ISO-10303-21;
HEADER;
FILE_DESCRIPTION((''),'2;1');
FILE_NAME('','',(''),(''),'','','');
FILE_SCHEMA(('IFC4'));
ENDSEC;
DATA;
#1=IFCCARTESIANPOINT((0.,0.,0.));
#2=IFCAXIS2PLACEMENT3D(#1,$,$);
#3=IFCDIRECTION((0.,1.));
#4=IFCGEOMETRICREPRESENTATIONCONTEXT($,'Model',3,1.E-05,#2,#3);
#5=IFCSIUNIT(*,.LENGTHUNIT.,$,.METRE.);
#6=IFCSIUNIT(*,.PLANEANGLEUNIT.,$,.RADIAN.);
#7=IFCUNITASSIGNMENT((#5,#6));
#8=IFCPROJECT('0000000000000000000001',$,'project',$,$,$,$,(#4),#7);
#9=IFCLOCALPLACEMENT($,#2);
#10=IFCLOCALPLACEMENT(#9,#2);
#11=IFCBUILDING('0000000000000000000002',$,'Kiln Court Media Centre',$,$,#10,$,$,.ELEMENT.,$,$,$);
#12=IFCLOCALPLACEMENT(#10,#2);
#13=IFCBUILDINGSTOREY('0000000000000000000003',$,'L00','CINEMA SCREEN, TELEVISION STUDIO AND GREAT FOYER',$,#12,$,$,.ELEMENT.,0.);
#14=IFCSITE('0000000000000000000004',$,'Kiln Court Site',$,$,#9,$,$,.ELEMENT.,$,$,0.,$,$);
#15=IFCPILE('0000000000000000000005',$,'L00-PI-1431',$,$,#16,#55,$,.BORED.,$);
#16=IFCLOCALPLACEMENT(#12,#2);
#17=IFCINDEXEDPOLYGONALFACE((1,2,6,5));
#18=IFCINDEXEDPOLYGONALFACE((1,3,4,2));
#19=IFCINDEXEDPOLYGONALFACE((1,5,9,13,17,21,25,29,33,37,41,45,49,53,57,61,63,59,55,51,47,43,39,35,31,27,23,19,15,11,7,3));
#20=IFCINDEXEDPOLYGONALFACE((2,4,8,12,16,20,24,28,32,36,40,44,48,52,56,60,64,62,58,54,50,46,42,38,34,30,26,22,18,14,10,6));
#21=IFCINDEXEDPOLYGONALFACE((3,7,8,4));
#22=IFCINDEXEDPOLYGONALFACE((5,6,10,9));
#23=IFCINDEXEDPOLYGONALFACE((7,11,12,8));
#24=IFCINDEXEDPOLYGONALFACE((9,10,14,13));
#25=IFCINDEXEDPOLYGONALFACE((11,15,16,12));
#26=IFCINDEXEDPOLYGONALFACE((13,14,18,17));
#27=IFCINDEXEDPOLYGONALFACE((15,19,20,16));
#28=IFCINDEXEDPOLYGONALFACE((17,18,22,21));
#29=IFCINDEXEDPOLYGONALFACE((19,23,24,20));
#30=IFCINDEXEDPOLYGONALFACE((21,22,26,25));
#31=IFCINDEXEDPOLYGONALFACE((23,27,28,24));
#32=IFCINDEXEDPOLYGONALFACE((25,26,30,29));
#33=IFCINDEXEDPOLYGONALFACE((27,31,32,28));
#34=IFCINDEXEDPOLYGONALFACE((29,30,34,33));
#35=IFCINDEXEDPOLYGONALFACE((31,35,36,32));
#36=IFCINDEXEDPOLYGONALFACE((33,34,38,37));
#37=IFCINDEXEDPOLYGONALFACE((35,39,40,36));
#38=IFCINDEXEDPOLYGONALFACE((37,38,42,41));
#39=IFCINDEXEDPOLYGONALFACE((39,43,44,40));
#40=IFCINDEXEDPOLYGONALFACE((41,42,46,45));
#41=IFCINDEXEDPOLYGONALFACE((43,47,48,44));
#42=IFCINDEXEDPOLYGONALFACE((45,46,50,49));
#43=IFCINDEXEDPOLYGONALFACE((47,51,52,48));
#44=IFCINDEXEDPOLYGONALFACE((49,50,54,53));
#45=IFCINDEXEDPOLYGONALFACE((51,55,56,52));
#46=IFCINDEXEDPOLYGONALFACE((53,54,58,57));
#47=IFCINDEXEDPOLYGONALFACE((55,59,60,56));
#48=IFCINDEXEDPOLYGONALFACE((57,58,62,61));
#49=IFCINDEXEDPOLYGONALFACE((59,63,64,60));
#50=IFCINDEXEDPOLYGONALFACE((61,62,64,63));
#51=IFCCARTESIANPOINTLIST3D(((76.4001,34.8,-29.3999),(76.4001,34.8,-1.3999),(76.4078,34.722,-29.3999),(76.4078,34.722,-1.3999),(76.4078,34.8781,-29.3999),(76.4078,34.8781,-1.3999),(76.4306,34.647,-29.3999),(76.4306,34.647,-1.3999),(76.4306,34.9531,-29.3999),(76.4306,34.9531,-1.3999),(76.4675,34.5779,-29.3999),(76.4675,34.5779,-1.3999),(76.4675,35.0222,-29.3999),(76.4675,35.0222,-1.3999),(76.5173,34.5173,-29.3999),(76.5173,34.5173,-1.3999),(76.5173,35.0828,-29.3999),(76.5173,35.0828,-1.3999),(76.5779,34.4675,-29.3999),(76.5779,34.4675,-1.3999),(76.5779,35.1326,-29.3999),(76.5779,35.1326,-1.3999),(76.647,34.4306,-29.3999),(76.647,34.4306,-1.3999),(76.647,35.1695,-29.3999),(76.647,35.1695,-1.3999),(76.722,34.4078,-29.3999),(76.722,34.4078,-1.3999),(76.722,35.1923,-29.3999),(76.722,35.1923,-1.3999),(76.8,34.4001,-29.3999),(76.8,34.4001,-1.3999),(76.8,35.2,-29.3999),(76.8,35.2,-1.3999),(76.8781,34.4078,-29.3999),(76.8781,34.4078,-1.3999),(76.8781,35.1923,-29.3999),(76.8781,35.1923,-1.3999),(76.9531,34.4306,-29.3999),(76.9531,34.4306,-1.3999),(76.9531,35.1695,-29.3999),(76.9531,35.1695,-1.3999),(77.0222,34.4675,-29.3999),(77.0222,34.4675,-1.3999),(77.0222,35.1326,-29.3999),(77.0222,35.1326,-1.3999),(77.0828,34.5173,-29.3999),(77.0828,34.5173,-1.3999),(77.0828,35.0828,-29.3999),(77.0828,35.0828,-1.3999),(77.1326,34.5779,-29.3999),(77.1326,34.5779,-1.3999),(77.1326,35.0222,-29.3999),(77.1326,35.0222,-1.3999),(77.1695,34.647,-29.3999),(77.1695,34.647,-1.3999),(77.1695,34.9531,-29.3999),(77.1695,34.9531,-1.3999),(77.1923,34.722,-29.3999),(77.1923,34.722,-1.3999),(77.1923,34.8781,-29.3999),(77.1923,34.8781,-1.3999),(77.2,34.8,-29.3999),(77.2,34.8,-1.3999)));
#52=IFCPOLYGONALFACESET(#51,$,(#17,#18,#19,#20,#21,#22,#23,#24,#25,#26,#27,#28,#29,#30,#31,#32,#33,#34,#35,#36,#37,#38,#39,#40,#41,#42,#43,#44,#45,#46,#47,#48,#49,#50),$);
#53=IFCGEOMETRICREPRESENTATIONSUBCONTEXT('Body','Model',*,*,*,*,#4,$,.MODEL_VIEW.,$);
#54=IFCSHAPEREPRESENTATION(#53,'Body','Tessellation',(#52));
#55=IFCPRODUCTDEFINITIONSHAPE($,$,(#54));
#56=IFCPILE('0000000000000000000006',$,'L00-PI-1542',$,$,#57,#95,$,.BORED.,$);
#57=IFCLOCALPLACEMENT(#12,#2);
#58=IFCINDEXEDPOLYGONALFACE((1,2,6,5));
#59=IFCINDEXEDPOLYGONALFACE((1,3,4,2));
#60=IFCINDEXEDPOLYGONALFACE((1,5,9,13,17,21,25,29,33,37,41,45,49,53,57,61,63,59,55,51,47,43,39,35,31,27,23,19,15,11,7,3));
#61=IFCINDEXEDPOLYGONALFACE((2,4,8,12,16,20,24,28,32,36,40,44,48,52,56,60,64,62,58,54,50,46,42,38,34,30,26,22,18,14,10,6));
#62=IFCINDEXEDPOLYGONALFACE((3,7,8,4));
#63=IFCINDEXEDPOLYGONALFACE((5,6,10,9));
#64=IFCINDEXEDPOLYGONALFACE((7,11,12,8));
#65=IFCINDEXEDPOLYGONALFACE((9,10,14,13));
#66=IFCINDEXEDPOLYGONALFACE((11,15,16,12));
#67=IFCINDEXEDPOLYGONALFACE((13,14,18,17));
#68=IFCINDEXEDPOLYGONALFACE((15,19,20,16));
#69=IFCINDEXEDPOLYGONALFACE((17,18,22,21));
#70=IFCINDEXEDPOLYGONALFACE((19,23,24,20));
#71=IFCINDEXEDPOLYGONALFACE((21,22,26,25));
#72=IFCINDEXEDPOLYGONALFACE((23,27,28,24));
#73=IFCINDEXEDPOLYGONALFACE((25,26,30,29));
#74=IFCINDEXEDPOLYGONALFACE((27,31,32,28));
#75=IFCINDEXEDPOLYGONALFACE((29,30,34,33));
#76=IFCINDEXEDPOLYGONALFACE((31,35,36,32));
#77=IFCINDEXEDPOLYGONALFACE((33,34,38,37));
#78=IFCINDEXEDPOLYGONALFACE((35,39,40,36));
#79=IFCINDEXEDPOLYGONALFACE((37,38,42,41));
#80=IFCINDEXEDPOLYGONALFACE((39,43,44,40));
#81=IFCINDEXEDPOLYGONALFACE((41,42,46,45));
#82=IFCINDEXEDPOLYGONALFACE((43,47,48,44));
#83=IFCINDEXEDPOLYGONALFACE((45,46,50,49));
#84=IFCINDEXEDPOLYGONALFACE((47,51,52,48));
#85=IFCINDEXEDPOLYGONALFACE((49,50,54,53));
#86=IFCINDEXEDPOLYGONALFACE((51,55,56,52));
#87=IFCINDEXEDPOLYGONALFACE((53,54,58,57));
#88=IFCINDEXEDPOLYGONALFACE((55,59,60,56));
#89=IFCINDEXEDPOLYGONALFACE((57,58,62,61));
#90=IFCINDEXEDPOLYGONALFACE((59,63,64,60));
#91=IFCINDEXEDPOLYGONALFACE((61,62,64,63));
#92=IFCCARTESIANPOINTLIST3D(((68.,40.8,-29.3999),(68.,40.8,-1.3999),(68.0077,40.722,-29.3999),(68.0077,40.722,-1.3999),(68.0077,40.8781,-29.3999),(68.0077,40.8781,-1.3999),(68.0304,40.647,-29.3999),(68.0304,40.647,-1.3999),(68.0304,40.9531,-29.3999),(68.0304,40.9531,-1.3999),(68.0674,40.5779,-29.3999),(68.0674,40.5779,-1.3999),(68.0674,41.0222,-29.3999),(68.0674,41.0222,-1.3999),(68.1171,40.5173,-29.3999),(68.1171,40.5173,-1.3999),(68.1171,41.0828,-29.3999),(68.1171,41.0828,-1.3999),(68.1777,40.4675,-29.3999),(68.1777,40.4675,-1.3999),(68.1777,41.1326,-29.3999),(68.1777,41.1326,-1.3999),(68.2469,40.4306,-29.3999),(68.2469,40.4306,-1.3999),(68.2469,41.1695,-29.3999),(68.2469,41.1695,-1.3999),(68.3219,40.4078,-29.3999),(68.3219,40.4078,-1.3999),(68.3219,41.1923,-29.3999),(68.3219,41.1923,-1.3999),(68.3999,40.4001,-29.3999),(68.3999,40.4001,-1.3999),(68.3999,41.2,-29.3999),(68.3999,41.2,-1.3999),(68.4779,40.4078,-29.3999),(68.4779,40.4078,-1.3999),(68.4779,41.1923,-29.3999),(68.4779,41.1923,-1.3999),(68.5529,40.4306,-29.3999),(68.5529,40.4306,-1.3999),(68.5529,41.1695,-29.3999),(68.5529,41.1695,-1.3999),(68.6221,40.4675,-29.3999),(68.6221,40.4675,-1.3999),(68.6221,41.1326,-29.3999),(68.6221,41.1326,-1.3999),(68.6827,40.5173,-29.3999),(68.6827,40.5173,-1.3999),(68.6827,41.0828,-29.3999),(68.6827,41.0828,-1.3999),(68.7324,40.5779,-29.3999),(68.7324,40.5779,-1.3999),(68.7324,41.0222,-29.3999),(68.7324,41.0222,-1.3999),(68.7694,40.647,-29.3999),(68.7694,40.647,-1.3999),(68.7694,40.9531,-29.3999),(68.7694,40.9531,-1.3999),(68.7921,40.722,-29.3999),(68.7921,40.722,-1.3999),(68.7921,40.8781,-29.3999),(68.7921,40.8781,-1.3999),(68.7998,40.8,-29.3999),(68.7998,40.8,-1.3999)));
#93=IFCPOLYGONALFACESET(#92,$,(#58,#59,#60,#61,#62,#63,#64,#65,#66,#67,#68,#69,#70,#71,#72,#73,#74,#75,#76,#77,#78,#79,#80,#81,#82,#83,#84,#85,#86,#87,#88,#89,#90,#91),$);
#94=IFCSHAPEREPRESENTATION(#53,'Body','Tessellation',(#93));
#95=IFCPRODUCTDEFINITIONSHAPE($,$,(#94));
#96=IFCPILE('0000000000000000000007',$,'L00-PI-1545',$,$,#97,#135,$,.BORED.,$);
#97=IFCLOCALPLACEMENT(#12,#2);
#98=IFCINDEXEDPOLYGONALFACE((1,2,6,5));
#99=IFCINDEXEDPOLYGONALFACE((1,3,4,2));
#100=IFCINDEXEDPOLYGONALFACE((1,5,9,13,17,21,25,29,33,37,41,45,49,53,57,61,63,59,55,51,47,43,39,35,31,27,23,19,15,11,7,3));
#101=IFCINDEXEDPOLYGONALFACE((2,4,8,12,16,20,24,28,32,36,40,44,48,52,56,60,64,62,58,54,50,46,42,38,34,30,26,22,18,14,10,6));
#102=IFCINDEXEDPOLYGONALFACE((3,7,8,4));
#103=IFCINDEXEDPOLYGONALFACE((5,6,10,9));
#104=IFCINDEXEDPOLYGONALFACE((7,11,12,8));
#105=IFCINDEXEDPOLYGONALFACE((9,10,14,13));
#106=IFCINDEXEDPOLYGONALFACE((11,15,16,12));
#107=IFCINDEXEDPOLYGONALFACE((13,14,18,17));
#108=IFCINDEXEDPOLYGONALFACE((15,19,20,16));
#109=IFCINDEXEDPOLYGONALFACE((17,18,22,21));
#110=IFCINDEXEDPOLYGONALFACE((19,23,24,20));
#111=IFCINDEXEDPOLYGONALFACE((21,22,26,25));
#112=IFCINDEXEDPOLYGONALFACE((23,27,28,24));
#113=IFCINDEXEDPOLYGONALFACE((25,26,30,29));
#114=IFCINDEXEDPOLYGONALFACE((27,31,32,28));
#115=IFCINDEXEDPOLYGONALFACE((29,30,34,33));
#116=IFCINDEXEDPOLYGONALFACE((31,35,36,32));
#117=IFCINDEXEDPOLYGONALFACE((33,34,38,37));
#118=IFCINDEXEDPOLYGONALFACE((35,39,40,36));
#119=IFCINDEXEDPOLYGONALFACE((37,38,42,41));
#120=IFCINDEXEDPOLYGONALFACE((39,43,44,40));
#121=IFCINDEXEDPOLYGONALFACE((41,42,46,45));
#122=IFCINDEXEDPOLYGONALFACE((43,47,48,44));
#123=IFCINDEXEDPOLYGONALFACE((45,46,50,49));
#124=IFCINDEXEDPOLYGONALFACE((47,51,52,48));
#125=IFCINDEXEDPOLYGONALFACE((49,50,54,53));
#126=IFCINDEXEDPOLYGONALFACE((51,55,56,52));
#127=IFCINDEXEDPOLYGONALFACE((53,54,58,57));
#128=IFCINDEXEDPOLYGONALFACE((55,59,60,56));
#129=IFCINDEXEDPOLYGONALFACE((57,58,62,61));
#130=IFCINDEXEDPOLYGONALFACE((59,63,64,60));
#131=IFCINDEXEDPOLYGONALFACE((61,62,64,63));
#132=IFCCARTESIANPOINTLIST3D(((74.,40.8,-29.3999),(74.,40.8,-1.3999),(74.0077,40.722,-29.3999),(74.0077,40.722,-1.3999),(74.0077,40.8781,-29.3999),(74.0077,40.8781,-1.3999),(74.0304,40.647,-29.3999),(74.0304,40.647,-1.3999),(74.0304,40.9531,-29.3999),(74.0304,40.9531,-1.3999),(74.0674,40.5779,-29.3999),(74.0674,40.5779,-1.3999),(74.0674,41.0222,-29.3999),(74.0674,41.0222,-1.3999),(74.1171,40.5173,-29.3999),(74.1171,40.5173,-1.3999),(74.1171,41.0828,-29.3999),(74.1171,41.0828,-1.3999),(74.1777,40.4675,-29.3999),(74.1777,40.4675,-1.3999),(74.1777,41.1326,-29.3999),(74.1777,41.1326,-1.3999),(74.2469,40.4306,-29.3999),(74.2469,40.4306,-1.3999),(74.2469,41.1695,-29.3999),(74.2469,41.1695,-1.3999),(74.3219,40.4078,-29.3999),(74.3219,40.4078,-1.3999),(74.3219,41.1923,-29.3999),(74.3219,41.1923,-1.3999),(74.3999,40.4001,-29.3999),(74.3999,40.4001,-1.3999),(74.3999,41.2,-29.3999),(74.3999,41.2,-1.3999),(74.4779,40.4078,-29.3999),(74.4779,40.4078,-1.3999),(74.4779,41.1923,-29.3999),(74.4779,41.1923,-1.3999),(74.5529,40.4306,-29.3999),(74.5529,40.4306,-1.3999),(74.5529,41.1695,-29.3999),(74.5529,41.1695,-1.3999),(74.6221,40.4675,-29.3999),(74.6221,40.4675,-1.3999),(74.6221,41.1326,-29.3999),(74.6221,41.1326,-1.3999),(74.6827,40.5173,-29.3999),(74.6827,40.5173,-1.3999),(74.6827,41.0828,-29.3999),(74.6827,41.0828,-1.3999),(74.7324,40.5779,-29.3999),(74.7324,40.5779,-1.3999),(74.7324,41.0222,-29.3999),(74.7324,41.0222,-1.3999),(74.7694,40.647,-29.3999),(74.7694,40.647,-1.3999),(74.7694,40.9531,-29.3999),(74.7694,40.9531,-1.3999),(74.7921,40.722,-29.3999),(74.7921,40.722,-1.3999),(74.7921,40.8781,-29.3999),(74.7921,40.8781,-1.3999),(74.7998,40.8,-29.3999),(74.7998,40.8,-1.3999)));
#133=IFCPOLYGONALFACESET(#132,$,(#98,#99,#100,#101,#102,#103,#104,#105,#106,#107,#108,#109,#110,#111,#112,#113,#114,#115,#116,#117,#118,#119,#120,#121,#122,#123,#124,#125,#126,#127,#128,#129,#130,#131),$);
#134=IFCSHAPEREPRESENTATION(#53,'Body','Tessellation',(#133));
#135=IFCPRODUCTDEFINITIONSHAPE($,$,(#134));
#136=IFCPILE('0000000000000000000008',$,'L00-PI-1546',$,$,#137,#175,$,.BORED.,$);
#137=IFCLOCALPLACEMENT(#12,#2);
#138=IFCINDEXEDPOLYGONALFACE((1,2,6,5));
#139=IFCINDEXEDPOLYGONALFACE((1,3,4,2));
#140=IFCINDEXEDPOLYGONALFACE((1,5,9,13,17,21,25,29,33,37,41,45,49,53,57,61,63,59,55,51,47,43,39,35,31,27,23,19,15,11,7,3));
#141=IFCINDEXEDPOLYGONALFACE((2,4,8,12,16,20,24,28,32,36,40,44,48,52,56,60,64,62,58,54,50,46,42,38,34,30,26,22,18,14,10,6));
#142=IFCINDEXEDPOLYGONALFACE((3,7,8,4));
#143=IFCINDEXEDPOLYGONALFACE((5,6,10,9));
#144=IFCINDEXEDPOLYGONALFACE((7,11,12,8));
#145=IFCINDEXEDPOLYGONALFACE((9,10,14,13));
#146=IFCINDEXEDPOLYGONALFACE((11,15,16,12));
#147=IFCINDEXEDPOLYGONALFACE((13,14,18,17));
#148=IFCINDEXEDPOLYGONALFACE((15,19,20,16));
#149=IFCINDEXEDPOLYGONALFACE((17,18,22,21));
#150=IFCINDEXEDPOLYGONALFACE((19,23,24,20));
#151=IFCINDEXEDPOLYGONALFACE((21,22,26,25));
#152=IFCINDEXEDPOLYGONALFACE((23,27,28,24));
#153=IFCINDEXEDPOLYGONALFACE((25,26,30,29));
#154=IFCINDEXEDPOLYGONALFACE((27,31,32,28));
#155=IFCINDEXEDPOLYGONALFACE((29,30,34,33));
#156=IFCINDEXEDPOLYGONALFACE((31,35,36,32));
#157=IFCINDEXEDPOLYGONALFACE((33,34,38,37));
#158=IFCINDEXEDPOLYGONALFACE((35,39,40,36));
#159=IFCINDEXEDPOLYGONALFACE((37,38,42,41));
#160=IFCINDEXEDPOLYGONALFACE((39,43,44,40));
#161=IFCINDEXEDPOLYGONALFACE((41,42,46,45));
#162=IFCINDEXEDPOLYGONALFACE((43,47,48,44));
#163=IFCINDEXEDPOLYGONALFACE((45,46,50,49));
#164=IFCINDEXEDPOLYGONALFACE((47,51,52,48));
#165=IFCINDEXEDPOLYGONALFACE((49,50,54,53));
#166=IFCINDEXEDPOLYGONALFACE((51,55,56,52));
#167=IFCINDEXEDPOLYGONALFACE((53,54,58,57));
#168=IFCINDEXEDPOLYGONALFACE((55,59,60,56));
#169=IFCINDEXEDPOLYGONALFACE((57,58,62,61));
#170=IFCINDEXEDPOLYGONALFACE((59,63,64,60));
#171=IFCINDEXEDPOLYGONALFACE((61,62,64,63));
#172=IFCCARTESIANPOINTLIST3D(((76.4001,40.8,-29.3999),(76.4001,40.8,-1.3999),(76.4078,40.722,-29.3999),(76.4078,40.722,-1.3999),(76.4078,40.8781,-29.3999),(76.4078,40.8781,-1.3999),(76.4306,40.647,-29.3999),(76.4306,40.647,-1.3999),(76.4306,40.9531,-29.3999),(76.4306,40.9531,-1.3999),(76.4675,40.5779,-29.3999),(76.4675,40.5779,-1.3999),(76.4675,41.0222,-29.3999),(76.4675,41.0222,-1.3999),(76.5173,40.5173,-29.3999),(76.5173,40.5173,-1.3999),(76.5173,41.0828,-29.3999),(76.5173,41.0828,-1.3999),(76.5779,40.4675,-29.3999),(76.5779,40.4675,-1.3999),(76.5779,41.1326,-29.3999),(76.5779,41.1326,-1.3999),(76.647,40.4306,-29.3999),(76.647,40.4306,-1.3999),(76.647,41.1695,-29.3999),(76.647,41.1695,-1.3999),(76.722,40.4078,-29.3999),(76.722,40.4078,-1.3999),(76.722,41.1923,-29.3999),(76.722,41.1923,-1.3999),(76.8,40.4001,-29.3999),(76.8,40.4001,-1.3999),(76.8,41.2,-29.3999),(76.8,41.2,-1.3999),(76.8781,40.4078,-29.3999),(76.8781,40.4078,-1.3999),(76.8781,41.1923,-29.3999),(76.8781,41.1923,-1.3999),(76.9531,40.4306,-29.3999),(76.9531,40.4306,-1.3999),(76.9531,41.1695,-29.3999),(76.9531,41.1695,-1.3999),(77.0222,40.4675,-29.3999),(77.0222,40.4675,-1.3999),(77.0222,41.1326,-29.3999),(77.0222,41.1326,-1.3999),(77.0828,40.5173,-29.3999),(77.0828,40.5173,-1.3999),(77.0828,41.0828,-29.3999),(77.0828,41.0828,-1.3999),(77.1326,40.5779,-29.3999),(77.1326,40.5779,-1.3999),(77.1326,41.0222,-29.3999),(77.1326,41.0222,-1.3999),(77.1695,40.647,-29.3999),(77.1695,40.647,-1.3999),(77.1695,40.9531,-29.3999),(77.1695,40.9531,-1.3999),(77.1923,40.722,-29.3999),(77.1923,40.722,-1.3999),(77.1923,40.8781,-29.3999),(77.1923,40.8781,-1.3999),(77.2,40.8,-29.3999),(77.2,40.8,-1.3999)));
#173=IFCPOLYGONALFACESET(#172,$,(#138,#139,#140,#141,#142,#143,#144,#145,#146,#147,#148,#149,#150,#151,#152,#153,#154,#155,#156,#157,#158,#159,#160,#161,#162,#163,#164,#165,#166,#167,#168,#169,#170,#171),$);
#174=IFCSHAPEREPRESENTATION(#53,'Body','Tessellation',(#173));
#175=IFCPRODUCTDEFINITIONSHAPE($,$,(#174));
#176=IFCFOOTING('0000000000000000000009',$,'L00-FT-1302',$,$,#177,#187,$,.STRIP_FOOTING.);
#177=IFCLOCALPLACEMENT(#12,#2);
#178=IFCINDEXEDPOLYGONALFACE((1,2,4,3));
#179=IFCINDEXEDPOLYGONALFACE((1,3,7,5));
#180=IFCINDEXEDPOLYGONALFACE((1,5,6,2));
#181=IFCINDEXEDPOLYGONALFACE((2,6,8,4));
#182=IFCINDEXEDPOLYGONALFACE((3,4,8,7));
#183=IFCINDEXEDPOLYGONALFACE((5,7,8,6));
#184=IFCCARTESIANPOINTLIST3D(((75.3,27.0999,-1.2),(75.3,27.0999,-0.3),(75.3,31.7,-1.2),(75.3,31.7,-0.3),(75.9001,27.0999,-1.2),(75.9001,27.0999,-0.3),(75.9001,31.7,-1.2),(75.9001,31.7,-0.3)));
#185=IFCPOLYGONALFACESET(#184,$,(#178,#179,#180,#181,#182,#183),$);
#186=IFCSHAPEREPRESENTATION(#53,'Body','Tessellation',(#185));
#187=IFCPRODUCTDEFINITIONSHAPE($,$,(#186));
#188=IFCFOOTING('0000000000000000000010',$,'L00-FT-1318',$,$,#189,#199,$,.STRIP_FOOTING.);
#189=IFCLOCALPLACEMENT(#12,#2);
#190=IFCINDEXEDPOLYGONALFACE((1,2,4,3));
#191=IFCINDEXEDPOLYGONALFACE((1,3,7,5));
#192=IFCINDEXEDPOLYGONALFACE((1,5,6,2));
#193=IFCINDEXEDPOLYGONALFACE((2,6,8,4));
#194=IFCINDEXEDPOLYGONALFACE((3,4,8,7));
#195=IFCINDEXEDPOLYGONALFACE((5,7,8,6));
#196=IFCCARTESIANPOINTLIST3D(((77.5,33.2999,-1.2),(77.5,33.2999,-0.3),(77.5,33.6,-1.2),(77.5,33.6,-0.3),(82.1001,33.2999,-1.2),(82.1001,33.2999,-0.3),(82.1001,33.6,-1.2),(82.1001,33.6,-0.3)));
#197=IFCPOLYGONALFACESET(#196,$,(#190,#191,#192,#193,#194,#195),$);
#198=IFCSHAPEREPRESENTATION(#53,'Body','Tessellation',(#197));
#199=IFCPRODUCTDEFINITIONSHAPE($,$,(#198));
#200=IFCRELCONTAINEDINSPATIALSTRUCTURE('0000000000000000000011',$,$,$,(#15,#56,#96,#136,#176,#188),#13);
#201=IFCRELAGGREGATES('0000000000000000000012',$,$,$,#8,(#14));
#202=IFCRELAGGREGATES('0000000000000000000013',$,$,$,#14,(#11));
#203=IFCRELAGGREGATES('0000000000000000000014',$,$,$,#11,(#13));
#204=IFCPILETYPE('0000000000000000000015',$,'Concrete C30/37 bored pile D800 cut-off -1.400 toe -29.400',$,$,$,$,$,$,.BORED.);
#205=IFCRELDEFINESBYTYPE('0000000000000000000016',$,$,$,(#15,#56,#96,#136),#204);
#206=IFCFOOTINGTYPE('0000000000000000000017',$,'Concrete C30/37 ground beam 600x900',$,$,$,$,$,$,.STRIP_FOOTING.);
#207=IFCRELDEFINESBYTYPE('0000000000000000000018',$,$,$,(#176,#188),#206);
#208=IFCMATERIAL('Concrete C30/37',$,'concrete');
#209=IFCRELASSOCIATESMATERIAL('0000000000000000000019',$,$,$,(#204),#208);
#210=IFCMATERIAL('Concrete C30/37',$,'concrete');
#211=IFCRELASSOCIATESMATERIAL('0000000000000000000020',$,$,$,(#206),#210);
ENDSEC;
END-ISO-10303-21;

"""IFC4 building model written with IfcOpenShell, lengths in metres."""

from ifc_helpers import new_model, si_unit, direction, frame, origin, origin_2d, place, context, subcontext, project, spatial, rectangle, circle, extrude, material, material_profile, profile_set, type_object, element, save


model = new_model("IFC4")

# Units and contexts
model_context = context("Model", 3, precision=1e-05, world=origin(), true_north=direction((0.0, 1.0)))
body_context = subcontext(model_context, "Body", "Model", "MODEL_VIEW")
ifc_project = project(units=[si_unit("LENGTHUNIT", "METRE"), si_unit("PLANEANGLEUNIT", "RADIAN")], contexts=[model_context])

# Site, building, storey
site_placement = place(None, origin())
site = spatial("IfcSite", under=ifc_project, at=site_placement, Name="Kiln Court Site", CompositionType="ELEMENT", RefElevation=0.0)
building_placement = place(site_placement, origin())
building = spatial("IfcBuilding", under=site, at=building_placement, Name="Kiln Court Media Centre", CompositionType="ELEMENT")
storey_placement = place(building_placement, origin())
storey = spatial("IfcBuildingStorey", under=building, at=storey_placement, Name="L00", Description="CINEMA SCREEN, TELEVISION STUDIO AND GREAT FOYER", CompositionType="ELEMENT", Elevation=0.0)

# Piles
ifc_material_1 = material(Name="Concrete C30/37", Category="concrete")
ifc_material_profile = material_profile(ifc_material_1, circle(Radius=0.3999, at=origin_2d()), Name="PILE D800")
ifc_profile_set = profile_set([ifc_material_profile], Name="Concrete C30/37")
pile_type = type_object("IfcPileType", Name="Concrete C30/37 bored pile D800 cut-off -1.400 toe -29.400", PredefinedType="BORED", material=ifc_profile_set)
for number, where, z_axis, x_axis, name in (
    (1, (76.8, 34.8, -1.3999), (0.0, 0.0, -1.0), (1.0, 0.0, 0.0), "L00-PI-1431"),
    (2, (68.3999, 40.8, -1.3999), (0.0, 0.0, -1.0), (1.0, 0.0, 0.0), "L00-PI-1542"),
    (3, (74.3999, 40.8, -1.3999), (0.0, 0.0, -1.0), (1.0, 0.0, 0.0), "L00-PI-1545"),
    (4, (76.8, 40.8, -1.3999), (0.0, 0.0, -1.0), (1.0, 0.0, 0.0), "L00-PI-1546"),
):
    element("IfcPile", number, at=place(storey_placement, frame(where, z_axis=z_axis, x_axis=x_axis)), inside=storey, type_object=pile_type, Name=name, PredefinedType="BORED", context=body_context, shape_type="SweptSolid", body=[
        extrude(circle(Radius=0.3999, at=origin_2d()), origin(), (0.0, 0.0, 1.0), 28.0),
    ])

# Footings
ifc_material_2 = material(Name="Concrete C30/37", Category="concrete")
footing_type_1 = type_object("IfcFootingType", Name="Concrete C30/37 ground beam 600x900", PredefinedType="STRIP_FOOTING", material=ifc_material_2)
footing_1_placement = place(storey_placement, frame((75.6001, 29.3999, -1.2), z_axis=(0.0, 0.0, 1.0), x_axis=(1.0, 0.0, 0.0)))
element("IfcFooting", 5, at=footing_1_placement, inside=storey, type_object=footing_type_1, Name="L00-FT-1302", PredefinedType="STRIP_FOOTING", context=body_context, shape_type="SweptSolid", body=[
    extrude(rectangle(XDim=0.6001, YDim=4.6001, at=origin_2d()), origin(), (0.0, 0.0, 1.0), 0.8999),
])
footing_2_placement = place(storey_placement, frame((79.8, 33.45, -1.2), z_axis=(0.0, 0.0, 1.0), x_axis=(1.0, 0.0, 0.0)))
element("IfcFooting", 6, at=footing_2_placement, inside=storey, type_object=footing_type_1, Name="L00-FT-1318", PredefinedType="STRIP_FOOTING", context=body_context, shape_type="SweptSolid", body=[
    extrude(rectangle(XDim=4.6001, YDim=0.3, at=origin_2d()), origin(), (0.0, 0.0, 1.0), 0.8999),
])

save(model, "model.ifc")
